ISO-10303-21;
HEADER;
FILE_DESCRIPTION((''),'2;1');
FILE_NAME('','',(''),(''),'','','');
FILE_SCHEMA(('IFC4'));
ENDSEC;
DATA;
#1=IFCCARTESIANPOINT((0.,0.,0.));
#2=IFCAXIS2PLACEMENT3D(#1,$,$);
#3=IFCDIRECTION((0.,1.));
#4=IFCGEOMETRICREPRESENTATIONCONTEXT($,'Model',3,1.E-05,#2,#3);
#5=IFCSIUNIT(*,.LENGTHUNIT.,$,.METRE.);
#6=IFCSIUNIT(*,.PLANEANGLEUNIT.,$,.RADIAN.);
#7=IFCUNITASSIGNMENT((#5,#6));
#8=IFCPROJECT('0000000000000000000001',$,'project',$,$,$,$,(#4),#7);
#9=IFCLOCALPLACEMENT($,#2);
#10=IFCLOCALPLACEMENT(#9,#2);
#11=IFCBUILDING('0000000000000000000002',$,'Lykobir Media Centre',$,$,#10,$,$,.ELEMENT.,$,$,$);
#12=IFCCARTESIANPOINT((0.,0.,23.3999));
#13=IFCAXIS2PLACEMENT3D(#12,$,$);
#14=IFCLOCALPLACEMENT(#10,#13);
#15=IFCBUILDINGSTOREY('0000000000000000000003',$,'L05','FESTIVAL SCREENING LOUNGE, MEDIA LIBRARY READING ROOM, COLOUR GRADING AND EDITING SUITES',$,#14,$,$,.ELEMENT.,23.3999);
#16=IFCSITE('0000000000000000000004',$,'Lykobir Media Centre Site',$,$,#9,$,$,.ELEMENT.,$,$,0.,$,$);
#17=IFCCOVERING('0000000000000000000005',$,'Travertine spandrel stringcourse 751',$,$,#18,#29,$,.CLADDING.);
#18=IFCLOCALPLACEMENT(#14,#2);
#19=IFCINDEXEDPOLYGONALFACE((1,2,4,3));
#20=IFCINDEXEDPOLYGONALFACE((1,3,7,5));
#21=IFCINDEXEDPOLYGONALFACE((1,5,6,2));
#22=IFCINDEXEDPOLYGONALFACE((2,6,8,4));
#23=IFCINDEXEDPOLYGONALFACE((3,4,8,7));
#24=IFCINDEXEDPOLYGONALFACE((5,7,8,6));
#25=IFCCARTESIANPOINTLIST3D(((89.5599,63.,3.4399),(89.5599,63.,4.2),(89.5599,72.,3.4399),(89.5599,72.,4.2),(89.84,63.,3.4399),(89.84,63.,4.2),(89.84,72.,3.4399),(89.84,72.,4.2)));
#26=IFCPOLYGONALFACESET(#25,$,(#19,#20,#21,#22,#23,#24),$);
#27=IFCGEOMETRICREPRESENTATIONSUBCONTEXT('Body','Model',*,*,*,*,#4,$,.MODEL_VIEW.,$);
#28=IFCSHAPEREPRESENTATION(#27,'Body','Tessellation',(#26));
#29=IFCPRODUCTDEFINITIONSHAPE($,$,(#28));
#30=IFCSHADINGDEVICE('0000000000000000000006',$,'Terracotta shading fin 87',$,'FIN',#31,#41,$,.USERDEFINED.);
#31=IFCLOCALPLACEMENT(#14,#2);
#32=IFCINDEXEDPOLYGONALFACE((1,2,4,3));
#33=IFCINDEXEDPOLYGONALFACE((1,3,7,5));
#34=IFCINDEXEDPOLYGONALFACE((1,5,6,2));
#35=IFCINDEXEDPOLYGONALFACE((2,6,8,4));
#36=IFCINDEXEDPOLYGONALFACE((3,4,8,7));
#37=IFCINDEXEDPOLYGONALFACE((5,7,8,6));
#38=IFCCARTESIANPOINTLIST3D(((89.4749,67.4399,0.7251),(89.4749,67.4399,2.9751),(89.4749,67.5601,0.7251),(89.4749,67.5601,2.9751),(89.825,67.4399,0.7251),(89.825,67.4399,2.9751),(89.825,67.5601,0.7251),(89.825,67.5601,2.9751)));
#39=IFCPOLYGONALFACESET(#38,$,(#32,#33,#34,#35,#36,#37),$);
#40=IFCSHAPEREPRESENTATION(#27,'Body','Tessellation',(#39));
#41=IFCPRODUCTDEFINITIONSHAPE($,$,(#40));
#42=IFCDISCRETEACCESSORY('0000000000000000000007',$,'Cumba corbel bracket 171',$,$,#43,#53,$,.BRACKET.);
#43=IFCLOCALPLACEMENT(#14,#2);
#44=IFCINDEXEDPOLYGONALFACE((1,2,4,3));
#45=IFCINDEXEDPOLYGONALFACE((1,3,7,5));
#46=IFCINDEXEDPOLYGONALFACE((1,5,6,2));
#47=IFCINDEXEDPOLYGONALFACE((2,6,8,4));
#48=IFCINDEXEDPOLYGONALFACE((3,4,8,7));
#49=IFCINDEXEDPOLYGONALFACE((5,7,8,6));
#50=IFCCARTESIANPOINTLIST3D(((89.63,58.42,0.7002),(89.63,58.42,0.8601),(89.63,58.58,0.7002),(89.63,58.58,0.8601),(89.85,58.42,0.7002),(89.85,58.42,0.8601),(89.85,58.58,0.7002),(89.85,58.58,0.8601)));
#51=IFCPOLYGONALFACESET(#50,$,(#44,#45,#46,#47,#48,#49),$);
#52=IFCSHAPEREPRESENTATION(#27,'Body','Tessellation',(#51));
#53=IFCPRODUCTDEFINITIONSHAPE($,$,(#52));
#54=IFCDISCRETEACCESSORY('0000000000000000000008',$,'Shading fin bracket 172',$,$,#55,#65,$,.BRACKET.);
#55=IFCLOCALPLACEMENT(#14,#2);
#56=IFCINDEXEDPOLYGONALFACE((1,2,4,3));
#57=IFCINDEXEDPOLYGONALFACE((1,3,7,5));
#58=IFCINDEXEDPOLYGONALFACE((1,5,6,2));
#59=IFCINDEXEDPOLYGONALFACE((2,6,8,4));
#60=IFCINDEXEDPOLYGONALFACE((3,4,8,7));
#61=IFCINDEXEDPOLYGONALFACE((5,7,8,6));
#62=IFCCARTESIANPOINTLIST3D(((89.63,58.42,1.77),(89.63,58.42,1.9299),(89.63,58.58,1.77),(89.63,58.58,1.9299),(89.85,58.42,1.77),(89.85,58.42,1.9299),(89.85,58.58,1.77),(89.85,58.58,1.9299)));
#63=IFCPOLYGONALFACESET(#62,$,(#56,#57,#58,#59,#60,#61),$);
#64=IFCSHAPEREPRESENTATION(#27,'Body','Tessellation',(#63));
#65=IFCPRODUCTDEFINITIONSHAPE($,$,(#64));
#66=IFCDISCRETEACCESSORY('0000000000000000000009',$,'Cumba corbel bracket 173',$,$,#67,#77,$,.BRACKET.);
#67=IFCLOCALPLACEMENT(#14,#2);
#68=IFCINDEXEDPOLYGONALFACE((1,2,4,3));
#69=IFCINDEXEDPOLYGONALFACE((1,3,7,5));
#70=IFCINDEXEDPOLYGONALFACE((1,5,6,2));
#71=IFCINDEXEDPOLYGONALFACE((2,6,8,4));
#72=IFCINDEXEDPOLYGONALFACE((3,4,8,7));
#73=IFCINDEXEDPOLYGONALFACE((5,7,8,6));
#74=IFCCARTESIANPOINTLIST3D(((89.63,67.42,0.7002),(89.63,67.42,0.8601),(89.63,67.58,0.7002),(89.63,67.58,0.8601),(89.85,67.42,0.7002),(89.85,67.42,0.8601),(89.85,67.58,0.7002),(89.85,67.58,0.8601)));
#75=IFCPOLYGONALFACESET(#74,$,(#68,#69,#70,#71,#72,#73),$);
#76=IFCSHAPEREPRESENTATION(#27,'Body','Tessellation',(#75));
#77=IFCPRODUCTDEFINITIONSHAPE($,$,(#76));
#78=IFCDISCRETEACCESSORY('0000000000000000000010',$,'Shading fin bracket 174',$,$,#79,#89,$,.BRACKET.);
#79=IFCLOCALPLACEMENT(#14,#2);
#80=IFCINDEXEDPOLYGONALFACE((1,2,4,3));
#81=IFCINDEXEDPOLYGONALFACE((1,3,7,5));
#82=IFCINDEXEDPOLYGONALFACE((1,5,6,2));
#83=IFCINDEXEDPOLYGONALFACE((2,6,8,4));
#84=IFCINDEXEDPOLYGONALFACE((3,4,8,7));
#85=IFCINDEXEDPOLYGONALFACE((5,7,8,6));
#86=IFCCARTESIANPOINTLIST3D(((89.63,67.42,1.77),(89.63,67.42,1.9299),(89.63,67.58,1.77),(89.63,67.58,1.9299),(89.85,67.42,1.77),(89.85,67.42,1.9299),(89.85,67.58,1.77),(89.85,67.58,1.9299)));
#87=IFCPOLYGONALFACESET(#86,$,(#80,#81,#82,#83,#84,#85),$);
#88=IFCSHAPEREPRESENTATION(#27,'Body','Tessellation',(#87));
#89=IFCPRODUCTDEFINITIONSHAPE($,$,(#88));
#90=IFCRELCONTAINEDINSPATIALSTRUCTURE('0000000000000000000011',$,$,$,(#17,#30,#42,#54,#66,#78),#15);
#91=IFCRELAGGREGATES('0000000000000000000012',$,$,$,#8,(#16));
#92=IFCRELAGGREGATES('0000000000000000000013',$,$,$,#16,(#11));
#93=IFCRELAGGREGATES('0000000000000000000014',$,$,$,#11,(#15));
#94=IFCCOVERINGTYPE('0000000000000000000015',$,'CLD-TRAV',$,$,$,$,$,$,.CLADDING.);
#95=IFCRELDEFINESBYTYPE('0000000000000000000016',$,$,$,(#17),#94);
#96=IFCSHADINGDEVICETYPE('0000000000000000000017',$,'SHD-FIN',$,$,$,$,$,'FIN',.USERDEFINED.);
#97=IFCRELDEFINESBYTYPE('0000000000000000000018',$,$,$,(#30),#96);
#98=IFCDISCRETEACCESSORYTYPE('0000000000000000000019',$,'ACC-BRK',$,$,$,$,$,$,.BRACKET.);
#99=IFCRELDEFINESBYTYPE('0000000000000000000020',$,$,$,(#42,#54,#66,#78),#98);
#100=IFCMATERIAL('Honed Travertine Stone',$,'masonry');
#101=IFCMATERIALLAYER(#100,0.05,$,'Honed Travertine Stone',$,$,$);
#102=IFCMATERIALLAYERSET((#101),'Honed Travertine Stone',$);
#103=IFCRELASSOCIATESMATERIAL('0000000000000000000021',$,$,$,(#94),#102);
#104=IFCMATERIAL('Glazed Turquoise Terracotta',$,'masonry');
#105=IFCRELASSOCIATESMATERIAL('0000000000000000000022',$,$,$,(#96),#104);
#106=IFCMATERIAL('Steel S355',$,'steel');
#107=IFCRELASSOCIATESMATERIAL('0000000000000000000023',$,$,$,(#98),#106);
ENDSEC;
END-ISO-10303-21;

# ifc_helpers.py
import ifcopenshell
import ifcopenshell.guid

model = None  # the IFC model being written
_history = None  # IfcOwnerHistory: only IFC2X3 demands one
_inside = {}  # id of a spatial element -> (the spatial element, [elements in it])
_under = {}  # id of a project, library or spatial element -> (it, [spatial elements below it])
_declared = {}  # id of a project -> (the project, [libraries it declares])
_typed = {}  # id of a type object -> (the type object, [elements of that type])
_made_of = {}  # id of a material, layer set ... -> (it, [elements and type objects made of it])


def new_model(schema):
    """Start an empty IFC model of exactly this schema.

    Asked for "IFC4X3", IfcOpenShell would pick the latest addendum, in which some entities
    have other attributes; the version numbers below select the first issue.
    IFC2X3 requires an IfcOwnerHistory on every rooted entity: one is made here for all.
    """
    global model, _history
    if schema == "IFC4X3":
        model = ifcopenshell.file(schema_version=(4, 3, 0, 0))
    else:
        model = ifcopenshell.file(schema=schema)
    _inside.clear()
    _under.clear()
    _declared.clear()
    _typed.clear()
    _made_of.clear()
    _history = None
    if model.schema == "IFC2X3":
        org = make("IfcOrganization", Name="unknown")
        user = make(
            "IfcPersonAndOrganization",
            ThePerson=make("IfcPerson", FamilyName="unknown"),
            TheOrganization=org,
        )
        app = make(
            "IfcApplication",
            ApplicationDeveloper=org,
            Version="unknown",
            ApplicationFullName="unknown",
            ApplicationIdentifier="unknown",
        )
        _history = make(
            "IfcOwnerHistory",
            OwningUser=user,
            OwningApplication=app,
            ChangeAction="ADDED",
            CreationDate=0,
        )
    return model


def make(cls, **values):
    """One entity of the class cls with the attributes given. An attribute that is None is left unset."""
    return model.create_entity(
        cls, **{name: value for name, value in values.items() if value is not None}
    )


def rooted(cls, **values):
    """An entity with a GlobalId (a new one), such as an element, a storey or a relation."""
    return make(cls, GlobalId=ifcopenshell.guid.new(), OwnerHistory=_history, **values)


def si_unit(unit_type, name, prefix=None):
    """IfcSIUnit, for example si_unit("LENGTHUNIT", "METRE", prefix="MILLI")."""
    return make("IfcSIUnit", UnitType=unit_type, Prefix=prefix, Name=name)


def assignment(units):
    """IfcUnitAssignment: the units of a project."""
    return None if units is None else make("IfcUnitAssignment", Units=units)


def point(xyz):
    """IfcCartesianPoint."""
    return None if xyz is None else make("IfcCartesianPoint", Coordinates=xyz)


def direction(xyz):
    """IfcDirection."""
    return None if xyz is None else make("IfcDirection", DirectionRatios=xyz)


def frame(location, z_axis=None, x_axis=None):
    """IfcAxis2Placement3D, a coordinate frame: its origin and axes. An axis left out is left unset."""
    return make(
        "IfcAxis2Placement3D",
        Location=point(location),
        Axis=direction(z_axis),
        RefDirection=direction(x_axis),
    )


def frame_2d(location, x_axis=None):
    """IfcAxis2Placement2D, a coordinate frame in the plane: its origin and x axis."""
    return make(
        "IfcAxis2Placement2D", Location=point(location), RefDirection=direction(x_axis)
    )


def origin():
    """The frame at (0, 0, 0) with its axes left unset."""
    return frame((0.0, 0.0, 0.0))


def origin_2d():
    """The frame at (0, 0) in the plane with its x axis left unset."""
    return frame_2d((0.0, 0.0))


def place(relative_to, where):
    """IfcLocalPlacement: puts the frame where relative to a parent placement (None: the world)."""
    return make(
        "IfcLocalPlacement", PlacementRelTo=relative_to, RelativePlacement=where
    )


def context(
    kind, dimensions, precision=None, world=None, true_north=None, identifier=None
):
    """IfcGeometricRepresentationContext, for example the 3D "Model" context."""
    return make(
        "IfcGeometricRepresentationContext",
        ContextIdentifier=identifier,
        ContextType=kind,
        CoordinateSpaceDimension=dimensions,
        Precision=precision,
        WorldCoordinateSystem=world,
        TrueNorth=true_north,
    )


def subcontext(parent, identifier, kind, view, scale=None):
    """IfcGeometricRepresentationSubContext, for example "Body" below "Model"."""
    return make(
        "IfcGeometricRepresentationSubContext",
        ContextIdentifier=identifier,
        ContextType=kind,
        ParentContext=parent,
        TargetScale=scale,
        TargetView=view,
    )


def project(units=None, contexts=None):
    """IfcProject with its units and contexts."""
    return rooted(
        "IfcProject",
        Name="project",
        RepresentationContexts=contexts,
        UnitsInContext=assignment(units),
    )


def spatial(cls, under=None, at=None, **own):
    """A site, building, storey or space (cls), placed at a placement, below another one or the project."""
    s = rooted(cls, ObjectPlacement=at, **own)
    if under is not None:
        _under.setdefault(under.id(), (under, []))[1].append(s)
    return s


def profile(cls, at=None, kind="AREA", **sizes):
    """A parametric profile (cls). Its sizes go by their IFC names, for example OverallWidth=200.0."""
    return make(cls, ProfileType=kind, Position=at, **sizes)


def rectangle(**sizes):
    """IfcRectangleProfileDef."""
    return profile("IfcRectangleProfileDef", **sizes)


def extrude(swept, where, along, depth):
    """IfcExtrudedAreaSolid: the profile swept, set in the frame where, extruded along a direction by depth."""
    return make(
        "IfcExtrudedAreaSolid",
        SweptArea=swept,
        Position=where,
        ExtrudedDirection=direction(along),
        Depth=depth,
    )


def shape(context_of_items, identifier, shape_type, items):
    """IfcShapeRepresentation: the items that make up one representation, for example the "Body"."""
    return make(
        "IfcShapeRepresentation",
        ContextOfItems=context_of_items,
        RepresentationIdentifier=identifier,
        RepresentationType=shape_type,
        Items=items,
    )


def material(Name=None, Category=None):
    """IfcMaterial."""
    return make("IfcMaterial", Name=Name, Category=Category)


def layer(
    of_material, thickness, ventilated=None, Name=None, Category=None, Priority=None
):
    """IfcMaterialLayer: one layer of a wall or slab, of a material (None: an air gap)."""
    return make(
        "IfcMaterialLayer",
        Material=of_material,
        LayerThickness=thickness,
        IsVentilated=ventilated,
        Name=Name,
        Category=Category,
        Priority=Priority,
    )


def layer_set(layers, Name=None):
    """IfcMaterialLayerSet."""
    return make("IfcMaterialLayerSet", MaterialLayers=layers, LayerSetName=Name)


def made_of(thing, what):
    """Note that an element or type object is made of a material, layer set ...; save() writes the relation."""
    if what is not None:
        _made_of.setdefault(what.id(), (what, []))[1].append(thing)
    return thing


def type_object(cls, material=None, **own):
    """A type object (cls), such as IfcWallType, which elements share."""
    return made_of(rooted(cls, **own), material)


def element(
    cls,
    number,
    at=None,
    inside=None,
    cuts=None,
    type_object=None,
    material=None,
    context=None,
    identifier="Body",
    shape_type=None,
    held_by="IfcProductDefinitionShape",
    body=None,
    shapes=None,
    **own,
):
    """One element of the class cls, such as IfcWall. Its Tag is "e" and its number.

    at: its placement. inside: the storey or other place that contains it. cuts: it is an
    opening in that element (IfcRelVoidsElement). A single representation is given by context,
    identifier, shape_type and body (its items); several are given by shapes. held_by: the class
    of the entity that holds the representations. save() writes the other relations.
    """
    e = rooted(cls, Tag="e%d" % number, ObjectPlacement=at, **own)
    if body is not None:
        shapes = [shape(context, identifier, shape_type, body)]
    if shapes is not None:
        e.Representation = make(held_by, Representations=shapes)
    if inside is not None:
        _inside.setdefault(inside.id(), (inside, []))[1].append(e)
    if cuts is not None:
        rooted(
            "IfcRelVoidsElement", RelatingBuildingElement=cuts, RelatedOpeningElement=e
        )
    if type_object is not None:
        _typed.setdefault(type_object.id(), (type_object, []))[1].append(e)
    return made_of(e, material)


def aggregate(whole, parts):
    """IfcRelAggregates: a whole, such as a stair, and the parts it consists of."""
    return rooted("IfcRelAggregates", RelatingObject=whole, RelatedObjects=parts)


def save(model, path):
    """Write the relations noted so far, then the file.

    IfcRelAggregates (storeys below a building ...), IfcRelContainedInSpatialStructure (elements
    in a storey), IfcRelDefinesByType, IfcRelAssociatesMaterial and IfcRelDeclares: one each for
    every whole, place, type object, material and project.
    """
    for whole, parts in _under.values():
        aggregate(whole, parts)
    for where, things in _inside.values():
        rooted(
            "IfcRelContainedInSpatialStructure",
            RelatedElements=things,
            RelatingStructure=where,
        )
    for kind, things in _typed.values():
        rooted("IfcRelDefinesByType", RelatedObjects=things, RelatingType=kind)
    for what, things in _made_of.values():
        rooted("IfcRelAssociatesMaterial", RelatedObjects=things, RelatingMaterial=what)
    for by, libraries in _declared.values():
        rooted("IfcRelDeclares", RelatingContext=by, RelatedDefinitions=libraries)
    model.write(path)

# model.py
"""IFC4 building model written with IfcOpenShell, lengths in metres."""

from ifc_helpers import new_model, si_unit, direction, frame, origin, origin_2d, place, context, subcontext, project, spatial, rectangle, extrude, material, layer, layer_set, type_object, element, save


model = new_model("IFC4")

# Units and contexts
model_context = context("Model", 3, precision=1e-05, world=origin(), true_north=direction((0.0, 1.0)))
body_context = subcontext(model_context, "Body", "Model", "MODEL_VIEW")
ifc_project = project(units=[si_unit("LENGTHUNIT", "METRE"), si_unit("PLANEANGLEUNIT", "RADIAN")], contexts=[model_context])

# Site, building, storey
site_placement = place(None, origin())
site = spatial("IfcSite", under=ifc_project, at=site_placement, Name="Lykobir Media Centre Site", CompositionType="ELEMENT", RefElevation=0.0)
building_placement = place(site_placement, origin())
building = spatial("IfcBuilding", under=site, at=building_placement, Name="Lykobir Media Centre", CompositionType="ELEMENT")
storey_placement = place(building_placement, frame((0.0, 0.0, 23.3999)))
storey = spatial("IfcBuildingStorey", under=building, at=storey_placement, Name="L05", Description="FESTIVAL SCREENING LOUNGE, MEDIA LIBRARY READING ROOM, COLOUR GRADING AND EDITING SUITES", CompositionType="ELEMENT", Elevation=23.3999)

# Shared definitions
ifc_material_1 = material(Name="Steel S355", Category="steel")

# Covering
ifc_material_2 = material(Name="Glazed Turquoise Terracotta", Category="masonry")
ifc_material_3 = material(Name="Honed Travertine Stone", Category="masonry")
ifc_layer_1 = layer(ifc_material_3, 0.05, Name="Honed Travertine Stone")
ifc_layer_set_1 = layer_set([ifc_layer_1], Name="Honed Travertine Stone")
covering_type_1 = type_object("IfcCoveringType", Name="CLD-TRAV", PredefinedType="CLADDING", material=ifc_layer_set_1)
covering_1_placement = place(storey_placement, frame((89.7, 67.5, 3.4399), z_axis=(0.0, 0.0, 1.0), x_axis=(0.0, -1.0, 0.0)))
element("IfcCovering", 1, at=covering_1_placement, inside=storey, type_object=covering_type_1, Name="Travertine spandrel stringcourse 751", PredefinedType="CLADDING", context=body_context, shape_type="SweptSolid", body=[
    extrude(rectangle(XDim=9.0, YDim=0.28, at=origin_2d()), origin(), (0.0, 0.0, 1.0), 0.76),
])

# Shading device
shading_device_type = type_object("IfcShadingDeviceType", Name="SHD-FIN", ElementType="FIN", PredefinedType="USERDEFINED", material=ifc_material_2)
shading_device_placement = place(storey_placement, frame((89.6499, 67.5, 0.7251), z_axis=(0.0, 0.0, 1.0), x_axis=(0.0, -1.0, 0.0)))
element("IfcShadingDevice", 2, at=shading_device_placement, inside=storey, type_object=shading_device_type, Name="Terracotta shading fin 87", ObjectType="FIN", PredefinedType="USERDEFINED", context=body_context, shape_type="SweptSolid", body=[
    extrude(rectangle(XDim=0.1201, YDim=0.3501, at=origin_2d()), origin(), (0.0, 0.0, 1.0), 2.25),
])

# Discrete accessories
discrete_accessory_type = type_object("IfcDiscreteAccessoryType", Name="ACC-BRK", PredefinedType="BRACKET", material=ifc_material_1)
for number, where, z_axis, x_axis, name in (
    (3, (89.74, 58.5, 0.7002), (0.0, 0.0, 1.0), (0.0, -1.0, 0.0), "Cumba corbel bracket 171"),
    (4, (89.74, 58.5, 1.77), (0.0, 0.0, 1.0), (0.0, -1.0, 0.0), "Shading fin bracket 172"),
    (5, (89.74, 67.5, 0.7002), (0.0, 0.0, 1.0), (0.0, -1.0, 0.0), "Cumba corbel bracket 173"),
    (6, (89.74, 67.5, 1.77), (0.0, 0.0, 1.0), (0.0, -1.0, 0.0), "Shading fin bracket 174"),
):
    element("IfcDiscreteAccessory", number, at=place(storey_placement, frame(where, z_axis=z_axis, x_axis=x_axis)), inside=storey, type_object=discrete_accessory_type, Name=name, PredefinedType="BRACKET", context=body_context, shape_type="SweptSolid", body=[
        extrude(rectangle(XDim=0.1599, YDim=0.22, at=origin_2d()), origin(), (0.0, 0.0, 1.0), 0.1599),
    ])

save(model, "model.ifc")
